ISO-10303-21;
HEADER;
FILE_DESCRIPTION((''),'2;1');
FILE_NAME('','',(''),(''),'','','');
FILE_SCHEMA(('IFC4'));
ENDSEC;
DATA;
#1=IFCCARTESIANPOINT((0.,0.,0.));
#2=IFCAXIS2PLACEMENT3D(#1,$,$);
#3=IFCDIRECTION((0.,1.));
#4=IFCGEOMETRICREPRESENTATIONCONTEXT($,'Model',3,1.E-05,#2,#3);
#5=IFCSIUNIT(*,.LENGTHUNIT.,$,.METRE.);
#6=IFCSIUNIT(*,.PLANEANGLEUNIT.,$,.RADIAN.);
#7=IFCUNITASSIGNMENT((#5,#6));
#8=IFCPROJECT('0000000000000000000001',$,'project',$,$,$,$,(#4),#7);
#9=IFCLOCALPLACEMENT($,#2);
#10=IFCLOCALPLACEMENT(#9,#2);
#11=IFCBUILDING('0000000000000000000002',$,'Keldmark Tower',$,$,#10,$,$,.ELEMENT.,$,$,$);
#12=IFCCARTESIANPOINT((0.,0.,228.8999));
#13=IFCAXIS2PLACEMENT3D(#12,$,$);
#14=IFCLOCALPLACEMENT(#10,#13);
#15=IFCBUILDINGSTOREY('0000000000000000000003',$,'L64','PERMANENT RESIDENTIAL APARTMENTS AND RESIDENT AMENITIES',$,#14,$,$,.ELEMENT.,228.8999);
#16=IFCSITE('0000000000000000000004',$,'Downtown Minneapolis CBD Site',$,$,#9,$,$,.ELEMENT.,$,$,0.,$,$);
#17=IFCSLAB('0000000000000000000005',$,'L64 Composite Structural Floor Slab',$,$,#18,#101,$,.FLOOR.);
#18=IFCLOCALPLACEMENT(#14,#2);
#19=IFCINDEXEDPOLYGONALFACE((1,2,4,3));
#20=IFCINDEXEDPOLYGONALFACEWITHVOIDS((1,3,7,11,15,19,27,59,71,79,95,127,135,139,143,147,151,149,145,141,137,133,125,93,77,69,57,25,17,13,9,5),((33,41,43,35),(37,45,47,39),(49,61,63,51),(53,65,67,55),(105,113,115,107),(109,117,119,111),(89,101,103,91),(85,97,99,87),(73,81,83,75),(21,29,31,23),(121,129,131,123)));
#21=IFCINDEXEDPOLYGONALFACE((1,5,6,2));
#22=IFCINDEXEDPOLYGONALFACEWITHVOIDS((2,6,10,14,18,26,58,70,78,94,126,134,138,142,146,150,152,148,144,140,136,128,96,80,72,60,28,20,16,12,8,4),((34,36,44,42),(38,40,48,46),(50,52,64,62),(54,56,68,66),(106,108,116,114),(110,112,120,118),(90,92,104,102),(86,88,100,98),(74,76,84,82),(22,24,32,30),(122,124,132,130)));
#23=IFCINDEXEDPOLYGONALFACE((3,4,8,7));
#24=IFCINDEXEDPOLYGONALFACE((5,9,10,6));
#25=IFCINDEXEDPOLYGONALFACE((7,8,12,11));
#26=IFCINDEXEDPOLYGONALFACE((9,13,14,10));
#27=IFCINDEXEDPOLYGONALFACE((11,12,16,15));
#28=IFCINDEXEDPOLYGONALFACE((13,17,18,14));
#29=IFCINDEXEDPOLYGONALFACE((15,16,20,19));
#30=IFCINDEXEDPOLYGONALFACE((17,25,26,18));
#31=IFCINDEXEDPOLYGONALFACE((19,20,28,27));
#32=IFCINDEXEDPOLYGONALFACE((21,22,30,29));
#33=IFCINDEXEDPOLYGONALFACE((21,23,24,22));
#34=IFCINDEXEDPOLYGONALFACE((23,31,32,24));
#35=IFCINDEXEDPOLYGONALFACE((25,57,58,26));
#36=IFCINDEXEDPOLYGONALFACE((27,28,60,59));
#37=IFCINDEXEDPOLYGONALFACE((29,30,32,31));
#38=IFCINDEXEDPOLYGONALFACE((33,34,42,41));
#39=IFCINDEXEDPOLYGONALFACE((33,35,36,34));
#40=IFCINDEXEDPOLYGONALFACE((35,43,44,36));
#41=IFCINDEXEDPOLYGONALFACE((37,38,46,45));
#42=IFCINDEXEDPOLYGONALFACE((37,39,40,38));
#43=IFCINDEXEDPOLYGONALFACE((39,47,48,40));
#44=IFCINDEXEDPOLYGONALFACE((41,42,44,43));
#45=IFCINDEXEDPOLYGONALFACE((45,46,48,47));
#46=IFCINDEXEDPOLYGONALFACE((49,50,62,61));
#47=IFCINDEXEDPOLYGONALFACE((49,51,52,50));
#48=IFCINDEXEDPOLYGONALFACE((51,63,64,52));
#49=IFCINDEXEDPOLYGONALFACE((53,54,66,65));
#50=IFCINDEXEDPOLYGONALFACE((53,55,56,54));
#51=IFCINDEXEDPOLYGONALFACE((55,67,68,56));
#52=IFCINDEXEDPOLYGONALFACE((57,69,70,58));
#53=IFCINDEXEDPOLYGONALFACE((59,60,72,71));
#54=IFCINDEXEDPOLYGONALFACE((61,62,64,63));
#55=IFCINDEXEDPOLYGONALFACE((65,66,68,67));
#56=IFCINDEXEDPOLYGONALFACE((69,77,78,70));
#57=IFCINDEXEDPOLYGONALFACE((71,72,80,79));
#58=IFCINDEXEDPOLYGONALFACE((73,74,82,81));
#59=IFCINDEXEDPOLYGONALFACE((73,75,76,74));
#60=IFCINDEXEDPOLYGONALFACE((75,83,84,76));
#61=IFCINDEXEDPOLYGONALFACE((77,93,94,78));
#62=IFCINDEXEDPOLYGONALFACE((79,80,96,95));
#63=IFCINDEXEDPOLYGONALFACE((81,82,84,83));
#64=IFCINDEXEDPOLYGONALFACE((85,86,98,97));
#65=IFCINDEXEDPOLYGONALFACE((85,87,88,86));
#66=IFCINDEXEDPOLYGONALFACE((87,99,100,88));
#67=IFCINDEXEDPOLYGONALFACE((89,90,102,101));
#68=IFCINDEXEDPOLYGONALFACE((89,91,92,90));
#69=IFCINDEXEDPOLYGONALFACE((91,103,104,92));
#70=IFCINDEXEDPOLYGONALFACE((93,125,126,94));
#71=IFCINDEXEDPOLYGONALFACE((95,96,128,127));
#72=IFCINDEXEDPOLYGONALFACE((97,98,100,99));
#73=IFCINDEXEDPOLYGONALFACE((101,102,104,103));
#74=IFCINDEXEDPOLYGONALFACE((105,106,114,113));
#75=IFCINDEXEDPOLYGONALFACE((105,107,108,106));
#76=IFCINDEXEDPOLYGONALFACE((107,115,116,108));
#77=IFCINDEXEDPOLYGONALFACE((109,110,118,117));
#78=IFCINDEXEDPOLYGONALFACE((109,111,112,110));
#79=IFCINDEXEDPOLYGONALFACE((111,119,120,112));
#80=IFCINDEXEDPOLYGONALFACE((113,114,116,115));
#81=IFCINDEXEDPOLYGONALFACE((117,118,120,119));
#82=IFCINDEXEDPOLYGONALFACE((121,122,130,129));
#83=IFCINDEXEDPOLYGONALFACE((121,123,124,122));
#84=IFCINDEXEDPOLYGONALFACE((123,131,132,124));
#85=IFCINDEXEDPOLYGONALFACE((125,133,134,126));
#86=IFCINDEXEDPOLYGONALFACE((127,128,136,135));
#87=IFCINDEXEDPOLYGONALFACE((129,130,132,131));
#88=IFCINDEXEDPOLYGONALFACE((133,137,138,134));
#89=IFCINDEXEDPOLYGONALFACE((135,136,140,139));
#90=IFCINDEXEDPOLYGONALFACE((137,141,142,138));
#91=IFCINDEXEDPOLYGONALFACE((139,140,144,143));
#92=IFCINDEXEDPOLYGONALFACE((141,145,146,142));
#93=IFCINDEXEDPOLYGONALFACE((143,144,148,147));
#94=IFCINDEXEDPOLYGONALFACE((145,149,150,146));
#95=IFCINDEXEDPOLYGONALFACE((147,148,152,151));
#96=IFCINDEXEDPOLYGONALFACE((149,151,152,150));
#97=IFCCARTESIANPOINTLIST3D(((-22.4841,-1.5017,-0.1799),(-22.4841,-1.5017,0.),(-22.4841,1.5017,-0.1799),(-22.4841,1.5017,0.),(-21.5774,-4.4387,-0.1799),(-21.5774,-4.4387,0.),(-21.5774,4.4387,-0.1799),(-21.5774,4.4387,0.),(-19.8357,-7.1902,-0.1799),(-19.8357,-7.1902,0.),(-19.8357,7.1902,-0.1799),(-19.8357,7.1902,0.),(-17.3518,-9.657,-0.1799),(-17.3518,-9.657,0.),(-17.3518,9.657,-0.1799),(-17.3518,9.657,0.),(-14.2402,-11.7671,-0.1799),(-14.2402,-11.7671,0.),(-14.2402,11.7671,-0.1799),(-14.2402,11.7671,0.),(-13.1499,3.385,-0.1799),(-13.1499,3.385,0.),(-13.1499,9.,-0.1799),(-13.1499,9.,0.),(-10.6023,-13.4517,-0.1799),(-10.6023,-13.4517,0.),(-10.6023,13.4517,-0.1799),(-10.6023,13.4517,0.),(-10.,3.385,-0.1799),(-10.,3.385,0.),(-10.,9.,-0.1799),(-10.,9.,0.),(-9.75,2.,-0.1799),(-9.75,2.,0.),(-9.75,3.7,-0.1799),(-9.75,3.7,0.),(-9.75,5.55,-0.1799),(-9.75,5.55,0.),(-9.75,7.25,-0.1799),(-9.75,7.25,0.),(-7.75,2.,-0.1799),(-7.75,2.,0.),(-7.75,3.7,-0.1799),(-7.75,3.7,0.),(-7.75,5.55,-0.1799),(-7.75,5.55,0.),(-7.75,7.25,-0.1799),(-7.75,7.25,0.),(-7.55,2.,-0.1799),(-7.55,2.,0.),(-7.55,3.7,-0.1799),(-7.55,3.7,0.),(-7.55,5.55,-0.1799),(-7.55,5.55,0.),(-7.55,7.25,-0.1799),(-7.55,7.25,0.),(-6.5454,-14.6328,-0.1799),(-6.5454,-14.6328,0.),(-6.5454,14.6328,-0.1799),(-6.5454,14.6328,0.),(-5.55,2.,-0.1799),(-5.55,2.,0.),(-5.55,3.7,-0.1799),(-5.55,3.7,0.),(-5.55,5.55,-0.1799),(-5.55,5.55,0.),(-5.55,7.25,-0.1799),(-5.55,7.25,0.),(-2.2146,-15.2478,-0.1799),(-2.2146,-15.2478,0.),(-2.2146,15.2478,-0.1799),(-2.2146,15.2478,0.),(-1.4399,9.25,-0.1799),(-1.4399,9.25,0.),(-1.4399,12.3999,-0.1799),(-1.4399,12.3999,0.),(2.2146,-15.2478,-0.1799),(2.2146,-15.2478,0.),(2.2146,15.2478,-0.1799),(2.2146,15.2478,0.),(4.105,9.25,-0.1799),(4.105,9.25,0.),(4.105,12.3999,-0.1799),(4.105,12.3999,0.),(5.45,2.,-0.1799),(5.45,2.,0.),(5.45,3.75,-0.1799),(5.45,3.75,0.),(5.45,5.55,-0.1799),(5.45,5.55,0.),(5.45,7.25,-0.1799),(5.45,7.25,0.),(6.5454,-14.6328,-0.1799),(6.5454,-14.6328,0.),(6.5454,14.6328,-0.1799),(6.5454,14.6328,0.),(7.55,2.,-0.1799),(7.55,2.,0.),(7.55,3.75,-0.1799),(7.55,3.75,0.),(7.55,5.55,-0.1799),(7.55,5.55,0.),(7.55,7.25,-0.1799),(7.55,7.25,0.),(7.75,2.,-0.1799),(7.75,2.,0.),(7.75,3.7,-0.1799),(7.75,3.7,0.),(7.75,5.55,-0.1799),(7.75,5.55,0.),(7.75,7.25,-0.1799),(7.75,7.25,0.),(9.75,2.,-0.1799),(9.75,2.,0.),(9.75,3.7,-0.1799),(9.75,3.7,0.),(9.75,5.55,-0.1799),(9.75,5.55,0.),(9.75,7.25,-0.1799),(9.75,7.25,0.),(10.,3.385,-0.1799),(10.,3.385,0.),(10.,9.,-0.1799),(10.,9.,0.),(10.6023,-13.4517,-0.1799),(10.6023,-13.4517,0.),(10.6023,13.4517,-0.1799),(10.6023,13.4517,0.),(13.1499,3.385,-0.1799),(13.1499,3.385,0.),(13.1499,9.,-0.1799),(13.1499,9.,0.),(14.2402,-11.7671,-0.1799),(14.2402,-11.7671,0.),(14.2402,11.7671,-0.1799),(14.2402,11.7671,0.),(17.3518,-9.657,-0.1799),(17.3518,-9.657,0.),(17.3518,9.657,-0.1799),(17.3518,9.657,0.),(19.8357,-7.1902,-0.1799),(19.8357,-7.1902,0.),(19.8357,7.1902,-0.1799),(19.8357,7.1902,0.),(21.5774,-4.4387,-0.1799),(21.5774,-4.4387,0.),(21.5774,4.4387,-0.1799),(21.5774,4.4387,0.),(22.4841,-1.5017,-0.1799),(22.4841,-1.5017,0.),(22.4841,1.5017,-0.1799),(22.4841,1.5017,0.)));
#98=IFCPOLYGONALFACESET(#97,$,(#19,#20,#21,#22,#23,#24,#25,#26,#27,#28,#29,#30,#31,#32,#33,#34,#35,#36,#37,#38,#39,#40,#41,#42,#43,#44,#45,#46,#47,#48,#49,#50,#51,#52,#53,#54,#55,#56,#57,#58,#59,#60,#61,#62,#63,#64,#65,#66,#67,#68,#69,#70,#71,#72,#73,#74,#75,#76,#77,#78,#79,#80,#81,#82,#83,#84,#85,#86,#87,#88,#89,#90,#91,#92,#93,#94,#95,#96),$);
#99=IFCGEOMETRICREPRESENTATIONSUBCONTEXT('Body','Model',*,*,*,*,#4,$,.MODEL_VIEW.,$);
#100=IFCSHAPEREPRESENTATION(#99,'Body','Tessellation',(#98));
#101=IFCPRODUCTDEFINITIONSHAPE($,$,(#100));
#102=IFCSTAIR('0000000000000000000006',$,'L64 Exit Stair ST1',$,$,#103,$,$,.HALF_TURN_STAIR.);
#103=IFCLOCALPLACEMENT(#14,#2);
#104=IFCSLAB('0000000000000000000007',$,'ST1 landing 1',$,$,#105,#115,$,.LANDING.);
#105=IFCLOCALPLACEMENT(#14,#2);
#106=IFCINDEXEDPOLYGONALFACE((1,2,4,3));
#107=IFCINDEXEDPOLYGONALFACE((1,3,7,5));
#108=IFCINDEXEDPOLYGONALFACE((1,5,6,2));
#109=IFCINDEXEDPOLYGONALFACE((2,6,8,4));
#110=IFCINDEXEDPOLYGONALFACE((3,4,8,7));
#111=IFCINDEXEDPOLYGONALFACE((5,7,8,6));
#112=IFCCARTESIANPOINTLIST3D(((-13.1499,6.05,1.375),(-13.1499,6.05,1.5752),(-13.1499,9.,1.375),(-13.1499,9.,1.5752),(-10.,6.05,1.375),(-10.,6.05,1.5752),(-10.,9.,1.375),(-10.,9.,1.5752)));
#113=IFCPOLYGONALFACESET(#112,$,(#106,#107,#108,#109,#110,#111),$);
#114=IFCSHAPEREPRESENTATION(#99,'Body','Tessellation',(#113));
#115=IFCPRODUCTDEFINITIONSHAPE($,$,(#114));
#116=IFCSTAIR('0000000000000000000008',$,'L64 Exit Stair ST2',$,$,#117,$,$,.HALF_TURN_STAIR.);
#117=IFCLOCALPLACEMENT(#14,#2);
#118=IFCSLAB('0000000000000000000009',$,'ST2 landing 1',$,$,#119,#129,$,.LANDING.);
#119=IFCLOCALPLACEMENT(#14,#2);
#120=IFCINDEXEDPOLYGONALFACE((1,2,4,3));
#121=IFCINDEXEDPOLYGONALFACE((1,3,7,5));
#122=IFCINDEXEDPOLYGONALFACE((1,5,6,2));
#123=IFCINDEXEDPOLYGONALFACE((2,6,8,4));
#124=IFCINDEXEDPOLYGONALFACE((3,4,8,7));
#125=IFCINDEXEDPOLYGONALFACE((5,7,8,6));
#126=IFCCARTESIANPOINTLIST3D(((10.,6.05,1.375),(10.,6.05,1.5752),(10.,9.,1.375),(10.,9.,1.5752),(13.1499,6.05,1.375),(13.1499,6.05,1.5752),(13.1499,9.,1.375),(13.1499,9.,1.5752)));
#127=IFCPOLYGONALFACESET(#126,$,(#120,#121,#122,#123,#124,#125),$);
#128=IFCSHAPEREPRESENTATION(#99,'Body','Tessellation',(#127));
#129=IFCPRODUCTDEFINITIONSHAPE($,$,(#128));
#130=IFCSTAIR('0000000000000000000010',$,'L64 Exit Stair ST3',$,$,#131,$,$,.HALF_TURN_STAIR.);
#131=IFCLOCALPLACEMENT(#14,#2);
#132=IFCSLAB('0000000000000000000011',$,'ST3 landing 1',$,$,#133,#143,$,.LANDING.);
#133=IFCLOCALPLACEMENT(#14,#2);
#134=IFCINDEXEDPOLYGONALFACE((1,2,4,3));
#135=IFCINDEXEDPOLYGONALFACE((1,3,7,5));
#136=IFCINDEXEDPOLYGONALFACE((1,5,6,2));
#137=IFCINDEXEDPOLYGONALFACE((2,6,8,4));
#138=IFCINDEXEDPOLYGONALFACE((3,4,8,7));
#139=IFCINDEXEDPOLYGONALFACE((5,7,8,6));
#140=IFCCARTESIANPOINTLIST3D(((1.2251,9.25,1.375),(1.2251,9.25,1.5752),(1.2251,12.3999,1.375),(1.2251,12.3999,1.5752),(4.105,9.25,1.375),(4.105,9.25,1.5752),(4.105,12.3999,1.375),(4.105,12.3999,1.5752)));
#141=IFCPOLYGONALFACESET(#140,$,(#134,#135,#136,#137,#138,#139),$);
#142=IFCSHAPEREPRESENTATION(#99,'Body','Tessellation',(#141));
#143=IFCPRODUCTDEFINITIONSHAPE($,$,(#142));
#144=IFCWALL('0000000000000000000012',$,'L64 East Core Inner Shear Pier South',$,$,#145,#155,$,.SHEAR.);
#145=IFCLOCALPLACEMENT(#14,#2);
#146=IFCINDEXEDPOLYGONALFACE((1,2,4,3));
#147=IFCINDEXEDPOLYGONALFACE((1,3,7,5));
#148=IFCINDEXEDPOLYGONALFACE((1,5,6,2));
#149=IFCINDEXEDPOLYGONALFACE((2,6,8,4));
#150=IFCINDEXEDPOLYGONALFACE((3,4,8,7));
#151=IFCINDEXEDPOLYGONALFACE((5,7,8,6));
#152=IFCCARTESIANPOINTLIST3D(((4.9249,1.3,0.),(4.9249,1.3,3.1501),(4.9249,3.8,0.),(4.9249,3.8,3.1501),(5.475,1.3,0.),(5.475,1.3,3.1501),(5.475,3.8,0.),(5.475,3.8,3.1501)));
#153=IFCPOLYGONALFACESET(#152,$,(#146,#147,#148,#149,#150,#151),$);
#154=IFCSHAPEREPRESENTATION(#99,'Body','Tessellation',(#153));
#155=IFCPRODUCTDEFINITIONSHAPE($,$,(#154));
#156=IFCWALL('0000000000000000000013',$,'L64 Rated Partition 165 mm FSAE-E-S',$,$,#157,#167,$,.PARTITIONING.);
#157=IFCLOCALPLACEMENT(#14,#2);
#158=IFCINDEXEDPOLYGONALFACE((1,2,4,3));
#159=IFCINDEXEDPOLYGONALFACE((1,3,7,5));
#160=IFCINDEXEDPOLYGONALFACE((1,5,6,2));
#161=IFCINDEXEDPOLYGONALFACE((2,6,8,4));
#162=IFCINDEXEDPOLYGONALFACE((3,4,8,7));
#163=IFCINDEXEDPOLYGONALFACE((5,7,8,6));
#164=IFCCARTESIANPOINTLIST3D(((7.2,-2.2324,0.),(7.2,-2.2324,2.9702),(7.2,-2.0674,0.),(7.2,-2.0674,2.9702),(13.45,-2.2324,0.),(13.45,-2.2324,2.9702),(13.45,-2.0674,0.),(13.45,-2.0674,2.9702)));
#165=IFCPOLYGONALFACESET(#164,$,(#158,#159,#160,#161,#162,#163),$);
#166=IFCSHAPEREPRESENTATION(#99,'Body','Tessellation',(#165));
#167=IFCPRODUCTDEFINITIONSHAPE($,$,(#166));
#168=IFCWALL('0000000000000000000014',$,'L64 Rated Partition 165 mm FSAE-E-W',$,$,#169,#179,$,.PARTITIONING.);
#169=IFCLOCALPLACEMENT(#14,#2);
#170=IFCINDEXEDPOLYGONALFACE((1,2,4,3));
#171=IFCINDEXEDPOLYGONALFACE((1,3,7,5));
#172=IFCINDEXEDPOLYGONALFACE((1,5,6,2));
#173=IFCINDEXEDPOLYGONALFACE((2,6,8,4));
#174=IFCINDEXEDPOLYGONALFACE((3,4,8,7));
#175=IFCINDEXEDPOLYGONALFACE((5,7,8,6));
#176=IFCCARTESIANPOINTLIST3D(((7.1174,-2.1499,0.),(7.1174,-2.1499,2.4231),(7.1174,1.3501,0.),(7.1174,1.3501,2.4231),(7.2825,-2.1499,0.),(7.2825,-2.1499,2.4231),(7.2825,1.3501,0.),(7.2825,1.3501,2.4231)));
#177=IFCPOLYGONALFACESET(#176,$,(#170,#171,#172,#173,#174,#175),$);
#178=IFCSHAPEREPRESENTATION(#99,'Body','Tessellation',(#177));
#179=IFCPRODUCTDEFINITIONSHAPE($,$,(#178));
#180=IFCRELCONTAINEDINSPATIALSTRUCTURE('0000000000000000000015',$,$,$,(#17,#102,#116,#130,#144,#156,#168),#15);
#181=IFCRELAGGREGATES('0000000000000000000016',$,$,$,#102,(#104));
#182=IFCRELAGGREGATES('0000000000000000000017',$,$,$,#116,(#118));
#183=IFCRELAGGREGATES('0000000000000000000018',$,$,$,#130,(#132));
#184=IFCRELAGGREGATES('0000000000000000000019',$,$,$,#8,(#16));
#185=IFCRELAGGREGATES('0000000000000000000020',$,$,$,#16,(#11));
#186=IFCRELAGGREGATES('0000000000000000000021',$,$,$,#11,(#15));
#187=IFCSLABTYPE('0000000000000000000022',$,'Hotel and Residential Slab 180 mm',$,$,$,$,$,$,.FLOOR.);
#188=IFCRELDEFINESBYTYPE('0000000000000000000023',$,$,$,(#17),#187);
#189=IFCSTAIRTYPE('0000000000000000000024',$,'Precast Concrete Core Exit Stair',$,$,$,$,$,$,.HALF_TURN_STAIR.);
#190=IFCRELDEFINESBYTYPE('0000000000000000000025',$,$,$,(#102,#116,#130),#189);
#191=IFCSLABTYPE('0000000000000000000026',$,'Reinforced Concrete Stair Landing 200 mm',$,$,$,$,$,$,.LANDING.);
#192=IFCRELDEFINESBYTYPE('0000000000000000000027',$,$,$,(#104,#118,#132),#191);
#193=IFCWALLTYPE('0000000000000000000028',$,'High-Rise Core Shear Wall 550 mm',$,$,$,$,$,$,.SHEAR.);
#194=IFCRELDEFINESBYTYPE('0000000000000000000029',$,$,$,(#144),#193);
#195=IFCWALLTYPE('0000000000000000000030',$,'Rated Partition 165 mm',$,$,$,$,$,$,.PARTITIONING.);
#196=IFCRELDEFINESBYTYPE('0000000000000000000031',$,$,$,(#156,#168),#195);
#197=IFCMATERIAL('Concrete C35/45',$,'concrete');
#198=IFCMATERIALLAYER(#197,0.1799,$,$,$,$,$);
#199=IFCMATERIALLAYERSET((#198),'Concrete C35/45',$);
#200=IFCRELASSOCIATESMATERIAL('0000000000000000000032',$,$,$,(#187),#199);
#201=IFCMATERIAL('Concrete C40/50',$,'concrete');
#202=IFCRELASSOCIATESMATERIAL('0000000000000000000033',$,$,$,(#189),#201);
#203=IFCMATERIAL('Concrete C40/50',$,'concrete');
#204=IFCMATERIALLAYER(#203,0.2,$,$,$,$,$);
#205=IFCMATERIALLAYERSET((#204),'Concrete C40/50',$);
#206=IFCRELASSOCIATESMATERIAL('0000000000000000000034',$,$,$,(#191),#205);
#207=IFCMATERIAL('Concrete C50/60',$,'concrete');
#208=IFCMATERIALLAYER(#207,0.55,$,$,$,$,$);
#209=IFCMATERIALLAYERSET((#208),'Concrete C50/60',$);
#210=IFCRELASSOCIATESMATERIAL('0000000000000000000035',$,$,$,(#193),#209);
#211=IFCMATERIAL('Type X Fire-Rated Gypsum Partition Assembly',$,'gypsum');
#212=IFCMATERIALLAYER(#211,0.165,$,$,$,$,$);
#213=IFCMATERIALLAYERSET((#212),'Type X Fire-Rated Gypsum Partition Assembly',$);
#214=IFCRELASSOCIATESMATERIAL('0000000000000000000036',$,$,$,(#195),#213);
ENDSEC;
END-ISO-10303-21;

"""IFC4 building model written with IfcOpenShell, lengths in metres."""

from ifc_helpers import new_model, si_unit, direction, frame, frame_2d, origin, place, context, subcontext, project, spatial, polyline, rectangle, outline, extrude, material, layer, layer_set, type_object, element, aggregate, save


model = new_model("IFC4")

# Units and contexts
model_context = context("Model", 3, precision=1e-05, world=origin(), true_north=direction((0.0, 1.0)))
body_context = subcontext(model_context, "Body", "Model", "MODEL_VIEW")
ifc_project = project(units=[si_unit("LENGTHUNIT", "METRE"), si_unit("PLANEANGLEUNIT", "RADIAN")], contexts=[model_context])

# Site, building, storey
site_placement = place(None, origin())
site = spatial("IfcSite", under=ifc_project, at=site_placement, Name="Downtown Minneapolis CBD Site", CompositionType="ELEMENT", RefElevation=0.0)
building_placement = place(site_placement, origin())
building = spatial("IfcBuilding", under=site, at=building_placement, Name="Keldmark Tower", CompositionType="ELEMENT")
storey_placement = place(building_placement, frame((0.0, 0.0, 228.8999)))
storey = spatial("IfcBuildingStorey", under=building, at=storey_placement, Name="L64", Description="PERMANENT RESIDENTIAL APARTMENTS AND RESIDENT AMENITIES", CompositionType="ELEMENT", Elevation=228.8999)

# Slab
ifc_material_1 = material(Name="Concrete C35/45", Category="concrete")
ifc_layer_1 = layer(ifc_material_1, 0.1799)
ifc_layer_set_1 = layer_set([ifc_layer_1], Name="Concrete C35/45")
slab_type_1 = type_object("IfcSlabType", Name="Hotel and Residential Slab 180 mm", PredefinedType="FLOOR", material=ifc_layer_set_1)
slab_1_placement = place(storey_placement, frame((0.0, 0.0, -0.1799)))
element("IfcSlab", 1, at=slab_1_placement, inside=storey, type_object=slab_type_1, Name="L64 Composite Structural Floor Slab", PredefinedType="FLOOR", context=body_context, shape_type="SweptSolid", body=[
    extrude(outline(polyline([(22.4841, 1.5017), (21.5774, 4.4387), (19.8357, 7.1902), (17.3518, 9.657), (14.2402, 11.7671), (10.6023, 13.4517), (6.5454, 14.6328), (2.2146, 15.2478), (-2.2146, 15.2478), (-6.5454, 14.6328), (-10.6023, 13.4517), (-14.2402, 11.7671), (-17.3518, 9.657), (-19.8357, 7.1902), (-21.5774, 4.4387), (-22.4841, 1.5017), (-22.4841, -1.5017), (-21.5774, -4.4387), (-19.8357, -7.1902), (-17.3518, -9.657), (-14.2402, -11.7671), (-10.6023, -13.4517), (-6.5454, -14.6328), (-2.2146, -15.2478), (2.2146, -15.2478), (6.5454, -14.6328), (10.6023, -13.4517), (14.2402, -11.7671), (17.3518, -9.657), (19.8357, -7.1902), (21.5774, -4.4387), (22.4841, -1.5017), (22.4841, 1.5017)]), holes=[polyline([(-10.0, 3.385), (-10.0, 9.0), (-13.1499, 9.0), (-13.1499, 3.385), (-10.0, 3.385)]), polyline([(13.1499, 3.385), (13.1499, 9.0), (10.0, 9.0), (10.0, 3.385), (13.1499, 3.385)]), polyline([(-1.4399, 9.25), (4.105, 9.25), (4.105, 12.3999), (-1.4399, 12.3999), (-1.4399, 9.25)]), polyline([(-9.75, 2.0), (-7.75, 2.0), (-7.75, 3.7), (-9.75, 3.7), (-9.75, 2.0)]), polyline([(7.75, 2.0), (9.75, 2.0), (9.75, 3.7), (7.75, 3.7), (7.75, 2.0)]), polyline([(5.45, 2.0), (7.55, 2.0), (7.55, 3.75), (5.45, 3.75), (5.45, 2.0)]), polyline([(-9.75, 5.55), (-7.75, 5.55), (-7.75, 7.25), (-9.75, 7.25), (-9.75, 5.55)]), polyline([(-7.55, 5.55), (-5.55, 5.55), (-5.55, 7.25), (-7.55, 7.25), (-7.55, 5.55)]), polyline([(-7.55, 2.0), (-5.55, 2.0), (-5.55, 3.7), (-7.55, 3.7), (-7.55, 2.0)]), polyline([(5.45, 5.55), (7.55, 5.55), (7.55, 7.25), (5.45, 7.25), (5.45, 5.55)]), polyline([(7.75, 5.55), (9.75, 5.55), (9.75, 7.25), (7.75, 7.25), (7.75, 5.55)])]), origin(), (0.0, 0.0, 1.0), 0.1799),
])

# Stairs, slabs
ifc_material_2 = material(Name="Concrete C40/50", Category="concrete")
stair_type = type_object("IfcStairType", Name="Precast Concrete Core Exit Stair", PredefinedType="HALF_TURN_STAIR", material=ifc_material_2)
stair_1_placement = place(storey_placement, origin())
stair_1 = element("IfcStair", 2, at=stair_1_placement, inside=storey, type_object=stair_type, Name="L64 Exit Stair ST1", PredefinedType="HALF_TURN_STAIR")
ifc_material_3 = material(Name="Concrete C40/50", Category="concrete")
ifc_layer_2 = layer(ifc_material_3, 0.2)
ifc_layer_set_2 = layer_set([ifc_layer_2], Name="Concrete C40/50")
slab_type_2 = type_object("IfcSlabType", Name="Reinforced Concrete Stair Landing 200 mm", PredefinedType="LANDING", material=ifc_layer_set_2)
slab_2_placement = place(storey_placement, frame((0.0, 0.0, 1.375)))
slab_2 = element("IfcSlab", 3, at=slab_2_placement, type_object=slab_type_2, Name="ST1 landing 1", PredefinedType="LANDING", context=body_context, shape_type="SweptSolid", body=[
    extrude(outline(polyline([(-10.0, 6.05), (-10.0, 9.0), (-13.1499, 9.0), (-13.1499, 6.05), (-10.0, 6.05)])), origin(), (0.0, 0.0, 1.0), 0.2002),
])
aggregate(stair_1, [slab_2])
stair_2_placement = place(storey_placement, origin())
stair_2 = element("IfcStair", 4, at=stair_2_placement, inside=storey, type_object=stair_type, Name="L64 Exit Stair ST2", PredefinedType="HALF_TURN_STAIR")
slab_3_placement = place(storey_placement, frame((0.0, 0.0, 1.375)))
slab_3 = element("IfcSlab", 5, at=slab_3_placement, type_object=slab_type_2, Name="ST2 landing 1", PredefinedType="LANDING", context=body_context, shape_type="SweptSolid", body=[
    extrude(outline(polyline([(13.1499, 6.05), (13.1499, 9.0), (10.0, 9.0), (10.0, 6.05), (13.1499, 6.05)])), origin(), (0.0, 0.0, 1.0), 0.2002),
])
aggregate(stair_2, [slab_3])
stair_3_placement = place(storey_placement, origin())
stair_3 = element("IfcStair", 6, at=stair_3_placement, inside=storey, type_object=stair_type, Name="L64 Exit Stair ST3", PredefinedType="HALF_TURN_STAIR")
slab_4_placement = place(storey_placement, frame((0.0, 0.0, 1.375)))
slab_4 = element("IfcSlab", 7, at=slab_4_placement, type_object=slab_type_2, Name="ST3 landing 1", PredefinedType="LANDING", context=body_context, shape_type="SweptSolid", body=[
    extrude(outline(polyline([(1.2251, 9.25), (4.105, 9.25), (4.105, 12.3999), (1.2251, 12.3999), (1.2251, 9.25)])), origin(), (0.0, 0.0, 1.0), 0.2002),
])
aggregate(stair_3, [slab_4])

# Walls
ifc_material_4 = material(Name="Concrete C50/60", Category="concrete")
ifc_layer_3 = layer(ifc_material_4, 0.55)
ifc_layer_set_3 = layer_set([ifc_layer_3], Name="Concrete C50/60")
wall_type_1 = type_object("IfcWallType", Name="High-Rise Core Shear Wall 550 mm", PredefinedType="SHEAR", material=ifc_layer_set_3)
wall_1_placement = place(storey_placement, frame((5.2, 1.3, 0.0), z_axis=(0.0, 0.0, 1.0), x_axis=(0.0, 1.0, 0.0)))
element("IfcWall", 8, at=wall_1_placement, inside=storey, type_object=wall_type_1, Name="L64 East Core Inner Shear Pier South", PredefinedType="SHEAR", context=body_context, shape_type="SweptSolid", body=[
    extrude(rectangle(XDim=2.5, YDim=0.55, at=frame_2d((1.25, 0.0))), origin(), (0.0, 0.0, 1.0), 3.1501),
])
ifc_material_5 = material(Name="Type X Fire-Rated Gypsum Partition Assembly", Category="gypsum")
ifc_layer_4 = layer(ifc_material_5, 0.165)
ifc_layer_set_4 = layer_set([ifc_layer_4], Name="Type X Fire-Rated Gypsum Partition Assembly")
wall_type_2 = type_object("IfcWallType", Name="Rated Partition 165 mm", PredefinedType="PARTITIONING", material=ifc_layer_set_4)
wall_2_placement = place(storey_placement, frame((7.2, -2.1499, 0.0), z_axis=(0.0, 0.0, 1.0), x_axis=(1.0, 0.0, 0.0)))
element("IfcWall", 9, at=wall_2_placement, inside=storey, type_object=wall_type_2, Name="L64 Rated Partition 165 mm FSAE-E-S", PredefinedType="PARTITIONING", context=body_context, shape_type="SweptSolid", body=[
    extrude(rectangle(XDim=6.25, YDim=0.165, at=frame_2d((3.125, 0.0))), origin(), (0.0, 0.0, 1.0), 2.9702),
])
wall_3_placement = place(storey_placement, frame((7.2, -2.1499, 0.0), z_axis=(0.0, 0.0, 1.0), x_axis=(0.0, 1.0, 0.0)))
element("IfcWall", 10, at=wall_3_placement, inside=storey, type_object=wall_type_2, Name="L64 Rated Partition 165 mm FSAE-E-W", PredefinedType="PARTITIONING", context=body_context, shape_type="SweptSolid", body=[
    extrude(rectangle(XDim=3.5, YDim=0.165, at=frame_2d((1.75, 0.0))), origin(), (0.0, 0.0, 1.0), 2.4231),
])

save(model, "model.ifc")
